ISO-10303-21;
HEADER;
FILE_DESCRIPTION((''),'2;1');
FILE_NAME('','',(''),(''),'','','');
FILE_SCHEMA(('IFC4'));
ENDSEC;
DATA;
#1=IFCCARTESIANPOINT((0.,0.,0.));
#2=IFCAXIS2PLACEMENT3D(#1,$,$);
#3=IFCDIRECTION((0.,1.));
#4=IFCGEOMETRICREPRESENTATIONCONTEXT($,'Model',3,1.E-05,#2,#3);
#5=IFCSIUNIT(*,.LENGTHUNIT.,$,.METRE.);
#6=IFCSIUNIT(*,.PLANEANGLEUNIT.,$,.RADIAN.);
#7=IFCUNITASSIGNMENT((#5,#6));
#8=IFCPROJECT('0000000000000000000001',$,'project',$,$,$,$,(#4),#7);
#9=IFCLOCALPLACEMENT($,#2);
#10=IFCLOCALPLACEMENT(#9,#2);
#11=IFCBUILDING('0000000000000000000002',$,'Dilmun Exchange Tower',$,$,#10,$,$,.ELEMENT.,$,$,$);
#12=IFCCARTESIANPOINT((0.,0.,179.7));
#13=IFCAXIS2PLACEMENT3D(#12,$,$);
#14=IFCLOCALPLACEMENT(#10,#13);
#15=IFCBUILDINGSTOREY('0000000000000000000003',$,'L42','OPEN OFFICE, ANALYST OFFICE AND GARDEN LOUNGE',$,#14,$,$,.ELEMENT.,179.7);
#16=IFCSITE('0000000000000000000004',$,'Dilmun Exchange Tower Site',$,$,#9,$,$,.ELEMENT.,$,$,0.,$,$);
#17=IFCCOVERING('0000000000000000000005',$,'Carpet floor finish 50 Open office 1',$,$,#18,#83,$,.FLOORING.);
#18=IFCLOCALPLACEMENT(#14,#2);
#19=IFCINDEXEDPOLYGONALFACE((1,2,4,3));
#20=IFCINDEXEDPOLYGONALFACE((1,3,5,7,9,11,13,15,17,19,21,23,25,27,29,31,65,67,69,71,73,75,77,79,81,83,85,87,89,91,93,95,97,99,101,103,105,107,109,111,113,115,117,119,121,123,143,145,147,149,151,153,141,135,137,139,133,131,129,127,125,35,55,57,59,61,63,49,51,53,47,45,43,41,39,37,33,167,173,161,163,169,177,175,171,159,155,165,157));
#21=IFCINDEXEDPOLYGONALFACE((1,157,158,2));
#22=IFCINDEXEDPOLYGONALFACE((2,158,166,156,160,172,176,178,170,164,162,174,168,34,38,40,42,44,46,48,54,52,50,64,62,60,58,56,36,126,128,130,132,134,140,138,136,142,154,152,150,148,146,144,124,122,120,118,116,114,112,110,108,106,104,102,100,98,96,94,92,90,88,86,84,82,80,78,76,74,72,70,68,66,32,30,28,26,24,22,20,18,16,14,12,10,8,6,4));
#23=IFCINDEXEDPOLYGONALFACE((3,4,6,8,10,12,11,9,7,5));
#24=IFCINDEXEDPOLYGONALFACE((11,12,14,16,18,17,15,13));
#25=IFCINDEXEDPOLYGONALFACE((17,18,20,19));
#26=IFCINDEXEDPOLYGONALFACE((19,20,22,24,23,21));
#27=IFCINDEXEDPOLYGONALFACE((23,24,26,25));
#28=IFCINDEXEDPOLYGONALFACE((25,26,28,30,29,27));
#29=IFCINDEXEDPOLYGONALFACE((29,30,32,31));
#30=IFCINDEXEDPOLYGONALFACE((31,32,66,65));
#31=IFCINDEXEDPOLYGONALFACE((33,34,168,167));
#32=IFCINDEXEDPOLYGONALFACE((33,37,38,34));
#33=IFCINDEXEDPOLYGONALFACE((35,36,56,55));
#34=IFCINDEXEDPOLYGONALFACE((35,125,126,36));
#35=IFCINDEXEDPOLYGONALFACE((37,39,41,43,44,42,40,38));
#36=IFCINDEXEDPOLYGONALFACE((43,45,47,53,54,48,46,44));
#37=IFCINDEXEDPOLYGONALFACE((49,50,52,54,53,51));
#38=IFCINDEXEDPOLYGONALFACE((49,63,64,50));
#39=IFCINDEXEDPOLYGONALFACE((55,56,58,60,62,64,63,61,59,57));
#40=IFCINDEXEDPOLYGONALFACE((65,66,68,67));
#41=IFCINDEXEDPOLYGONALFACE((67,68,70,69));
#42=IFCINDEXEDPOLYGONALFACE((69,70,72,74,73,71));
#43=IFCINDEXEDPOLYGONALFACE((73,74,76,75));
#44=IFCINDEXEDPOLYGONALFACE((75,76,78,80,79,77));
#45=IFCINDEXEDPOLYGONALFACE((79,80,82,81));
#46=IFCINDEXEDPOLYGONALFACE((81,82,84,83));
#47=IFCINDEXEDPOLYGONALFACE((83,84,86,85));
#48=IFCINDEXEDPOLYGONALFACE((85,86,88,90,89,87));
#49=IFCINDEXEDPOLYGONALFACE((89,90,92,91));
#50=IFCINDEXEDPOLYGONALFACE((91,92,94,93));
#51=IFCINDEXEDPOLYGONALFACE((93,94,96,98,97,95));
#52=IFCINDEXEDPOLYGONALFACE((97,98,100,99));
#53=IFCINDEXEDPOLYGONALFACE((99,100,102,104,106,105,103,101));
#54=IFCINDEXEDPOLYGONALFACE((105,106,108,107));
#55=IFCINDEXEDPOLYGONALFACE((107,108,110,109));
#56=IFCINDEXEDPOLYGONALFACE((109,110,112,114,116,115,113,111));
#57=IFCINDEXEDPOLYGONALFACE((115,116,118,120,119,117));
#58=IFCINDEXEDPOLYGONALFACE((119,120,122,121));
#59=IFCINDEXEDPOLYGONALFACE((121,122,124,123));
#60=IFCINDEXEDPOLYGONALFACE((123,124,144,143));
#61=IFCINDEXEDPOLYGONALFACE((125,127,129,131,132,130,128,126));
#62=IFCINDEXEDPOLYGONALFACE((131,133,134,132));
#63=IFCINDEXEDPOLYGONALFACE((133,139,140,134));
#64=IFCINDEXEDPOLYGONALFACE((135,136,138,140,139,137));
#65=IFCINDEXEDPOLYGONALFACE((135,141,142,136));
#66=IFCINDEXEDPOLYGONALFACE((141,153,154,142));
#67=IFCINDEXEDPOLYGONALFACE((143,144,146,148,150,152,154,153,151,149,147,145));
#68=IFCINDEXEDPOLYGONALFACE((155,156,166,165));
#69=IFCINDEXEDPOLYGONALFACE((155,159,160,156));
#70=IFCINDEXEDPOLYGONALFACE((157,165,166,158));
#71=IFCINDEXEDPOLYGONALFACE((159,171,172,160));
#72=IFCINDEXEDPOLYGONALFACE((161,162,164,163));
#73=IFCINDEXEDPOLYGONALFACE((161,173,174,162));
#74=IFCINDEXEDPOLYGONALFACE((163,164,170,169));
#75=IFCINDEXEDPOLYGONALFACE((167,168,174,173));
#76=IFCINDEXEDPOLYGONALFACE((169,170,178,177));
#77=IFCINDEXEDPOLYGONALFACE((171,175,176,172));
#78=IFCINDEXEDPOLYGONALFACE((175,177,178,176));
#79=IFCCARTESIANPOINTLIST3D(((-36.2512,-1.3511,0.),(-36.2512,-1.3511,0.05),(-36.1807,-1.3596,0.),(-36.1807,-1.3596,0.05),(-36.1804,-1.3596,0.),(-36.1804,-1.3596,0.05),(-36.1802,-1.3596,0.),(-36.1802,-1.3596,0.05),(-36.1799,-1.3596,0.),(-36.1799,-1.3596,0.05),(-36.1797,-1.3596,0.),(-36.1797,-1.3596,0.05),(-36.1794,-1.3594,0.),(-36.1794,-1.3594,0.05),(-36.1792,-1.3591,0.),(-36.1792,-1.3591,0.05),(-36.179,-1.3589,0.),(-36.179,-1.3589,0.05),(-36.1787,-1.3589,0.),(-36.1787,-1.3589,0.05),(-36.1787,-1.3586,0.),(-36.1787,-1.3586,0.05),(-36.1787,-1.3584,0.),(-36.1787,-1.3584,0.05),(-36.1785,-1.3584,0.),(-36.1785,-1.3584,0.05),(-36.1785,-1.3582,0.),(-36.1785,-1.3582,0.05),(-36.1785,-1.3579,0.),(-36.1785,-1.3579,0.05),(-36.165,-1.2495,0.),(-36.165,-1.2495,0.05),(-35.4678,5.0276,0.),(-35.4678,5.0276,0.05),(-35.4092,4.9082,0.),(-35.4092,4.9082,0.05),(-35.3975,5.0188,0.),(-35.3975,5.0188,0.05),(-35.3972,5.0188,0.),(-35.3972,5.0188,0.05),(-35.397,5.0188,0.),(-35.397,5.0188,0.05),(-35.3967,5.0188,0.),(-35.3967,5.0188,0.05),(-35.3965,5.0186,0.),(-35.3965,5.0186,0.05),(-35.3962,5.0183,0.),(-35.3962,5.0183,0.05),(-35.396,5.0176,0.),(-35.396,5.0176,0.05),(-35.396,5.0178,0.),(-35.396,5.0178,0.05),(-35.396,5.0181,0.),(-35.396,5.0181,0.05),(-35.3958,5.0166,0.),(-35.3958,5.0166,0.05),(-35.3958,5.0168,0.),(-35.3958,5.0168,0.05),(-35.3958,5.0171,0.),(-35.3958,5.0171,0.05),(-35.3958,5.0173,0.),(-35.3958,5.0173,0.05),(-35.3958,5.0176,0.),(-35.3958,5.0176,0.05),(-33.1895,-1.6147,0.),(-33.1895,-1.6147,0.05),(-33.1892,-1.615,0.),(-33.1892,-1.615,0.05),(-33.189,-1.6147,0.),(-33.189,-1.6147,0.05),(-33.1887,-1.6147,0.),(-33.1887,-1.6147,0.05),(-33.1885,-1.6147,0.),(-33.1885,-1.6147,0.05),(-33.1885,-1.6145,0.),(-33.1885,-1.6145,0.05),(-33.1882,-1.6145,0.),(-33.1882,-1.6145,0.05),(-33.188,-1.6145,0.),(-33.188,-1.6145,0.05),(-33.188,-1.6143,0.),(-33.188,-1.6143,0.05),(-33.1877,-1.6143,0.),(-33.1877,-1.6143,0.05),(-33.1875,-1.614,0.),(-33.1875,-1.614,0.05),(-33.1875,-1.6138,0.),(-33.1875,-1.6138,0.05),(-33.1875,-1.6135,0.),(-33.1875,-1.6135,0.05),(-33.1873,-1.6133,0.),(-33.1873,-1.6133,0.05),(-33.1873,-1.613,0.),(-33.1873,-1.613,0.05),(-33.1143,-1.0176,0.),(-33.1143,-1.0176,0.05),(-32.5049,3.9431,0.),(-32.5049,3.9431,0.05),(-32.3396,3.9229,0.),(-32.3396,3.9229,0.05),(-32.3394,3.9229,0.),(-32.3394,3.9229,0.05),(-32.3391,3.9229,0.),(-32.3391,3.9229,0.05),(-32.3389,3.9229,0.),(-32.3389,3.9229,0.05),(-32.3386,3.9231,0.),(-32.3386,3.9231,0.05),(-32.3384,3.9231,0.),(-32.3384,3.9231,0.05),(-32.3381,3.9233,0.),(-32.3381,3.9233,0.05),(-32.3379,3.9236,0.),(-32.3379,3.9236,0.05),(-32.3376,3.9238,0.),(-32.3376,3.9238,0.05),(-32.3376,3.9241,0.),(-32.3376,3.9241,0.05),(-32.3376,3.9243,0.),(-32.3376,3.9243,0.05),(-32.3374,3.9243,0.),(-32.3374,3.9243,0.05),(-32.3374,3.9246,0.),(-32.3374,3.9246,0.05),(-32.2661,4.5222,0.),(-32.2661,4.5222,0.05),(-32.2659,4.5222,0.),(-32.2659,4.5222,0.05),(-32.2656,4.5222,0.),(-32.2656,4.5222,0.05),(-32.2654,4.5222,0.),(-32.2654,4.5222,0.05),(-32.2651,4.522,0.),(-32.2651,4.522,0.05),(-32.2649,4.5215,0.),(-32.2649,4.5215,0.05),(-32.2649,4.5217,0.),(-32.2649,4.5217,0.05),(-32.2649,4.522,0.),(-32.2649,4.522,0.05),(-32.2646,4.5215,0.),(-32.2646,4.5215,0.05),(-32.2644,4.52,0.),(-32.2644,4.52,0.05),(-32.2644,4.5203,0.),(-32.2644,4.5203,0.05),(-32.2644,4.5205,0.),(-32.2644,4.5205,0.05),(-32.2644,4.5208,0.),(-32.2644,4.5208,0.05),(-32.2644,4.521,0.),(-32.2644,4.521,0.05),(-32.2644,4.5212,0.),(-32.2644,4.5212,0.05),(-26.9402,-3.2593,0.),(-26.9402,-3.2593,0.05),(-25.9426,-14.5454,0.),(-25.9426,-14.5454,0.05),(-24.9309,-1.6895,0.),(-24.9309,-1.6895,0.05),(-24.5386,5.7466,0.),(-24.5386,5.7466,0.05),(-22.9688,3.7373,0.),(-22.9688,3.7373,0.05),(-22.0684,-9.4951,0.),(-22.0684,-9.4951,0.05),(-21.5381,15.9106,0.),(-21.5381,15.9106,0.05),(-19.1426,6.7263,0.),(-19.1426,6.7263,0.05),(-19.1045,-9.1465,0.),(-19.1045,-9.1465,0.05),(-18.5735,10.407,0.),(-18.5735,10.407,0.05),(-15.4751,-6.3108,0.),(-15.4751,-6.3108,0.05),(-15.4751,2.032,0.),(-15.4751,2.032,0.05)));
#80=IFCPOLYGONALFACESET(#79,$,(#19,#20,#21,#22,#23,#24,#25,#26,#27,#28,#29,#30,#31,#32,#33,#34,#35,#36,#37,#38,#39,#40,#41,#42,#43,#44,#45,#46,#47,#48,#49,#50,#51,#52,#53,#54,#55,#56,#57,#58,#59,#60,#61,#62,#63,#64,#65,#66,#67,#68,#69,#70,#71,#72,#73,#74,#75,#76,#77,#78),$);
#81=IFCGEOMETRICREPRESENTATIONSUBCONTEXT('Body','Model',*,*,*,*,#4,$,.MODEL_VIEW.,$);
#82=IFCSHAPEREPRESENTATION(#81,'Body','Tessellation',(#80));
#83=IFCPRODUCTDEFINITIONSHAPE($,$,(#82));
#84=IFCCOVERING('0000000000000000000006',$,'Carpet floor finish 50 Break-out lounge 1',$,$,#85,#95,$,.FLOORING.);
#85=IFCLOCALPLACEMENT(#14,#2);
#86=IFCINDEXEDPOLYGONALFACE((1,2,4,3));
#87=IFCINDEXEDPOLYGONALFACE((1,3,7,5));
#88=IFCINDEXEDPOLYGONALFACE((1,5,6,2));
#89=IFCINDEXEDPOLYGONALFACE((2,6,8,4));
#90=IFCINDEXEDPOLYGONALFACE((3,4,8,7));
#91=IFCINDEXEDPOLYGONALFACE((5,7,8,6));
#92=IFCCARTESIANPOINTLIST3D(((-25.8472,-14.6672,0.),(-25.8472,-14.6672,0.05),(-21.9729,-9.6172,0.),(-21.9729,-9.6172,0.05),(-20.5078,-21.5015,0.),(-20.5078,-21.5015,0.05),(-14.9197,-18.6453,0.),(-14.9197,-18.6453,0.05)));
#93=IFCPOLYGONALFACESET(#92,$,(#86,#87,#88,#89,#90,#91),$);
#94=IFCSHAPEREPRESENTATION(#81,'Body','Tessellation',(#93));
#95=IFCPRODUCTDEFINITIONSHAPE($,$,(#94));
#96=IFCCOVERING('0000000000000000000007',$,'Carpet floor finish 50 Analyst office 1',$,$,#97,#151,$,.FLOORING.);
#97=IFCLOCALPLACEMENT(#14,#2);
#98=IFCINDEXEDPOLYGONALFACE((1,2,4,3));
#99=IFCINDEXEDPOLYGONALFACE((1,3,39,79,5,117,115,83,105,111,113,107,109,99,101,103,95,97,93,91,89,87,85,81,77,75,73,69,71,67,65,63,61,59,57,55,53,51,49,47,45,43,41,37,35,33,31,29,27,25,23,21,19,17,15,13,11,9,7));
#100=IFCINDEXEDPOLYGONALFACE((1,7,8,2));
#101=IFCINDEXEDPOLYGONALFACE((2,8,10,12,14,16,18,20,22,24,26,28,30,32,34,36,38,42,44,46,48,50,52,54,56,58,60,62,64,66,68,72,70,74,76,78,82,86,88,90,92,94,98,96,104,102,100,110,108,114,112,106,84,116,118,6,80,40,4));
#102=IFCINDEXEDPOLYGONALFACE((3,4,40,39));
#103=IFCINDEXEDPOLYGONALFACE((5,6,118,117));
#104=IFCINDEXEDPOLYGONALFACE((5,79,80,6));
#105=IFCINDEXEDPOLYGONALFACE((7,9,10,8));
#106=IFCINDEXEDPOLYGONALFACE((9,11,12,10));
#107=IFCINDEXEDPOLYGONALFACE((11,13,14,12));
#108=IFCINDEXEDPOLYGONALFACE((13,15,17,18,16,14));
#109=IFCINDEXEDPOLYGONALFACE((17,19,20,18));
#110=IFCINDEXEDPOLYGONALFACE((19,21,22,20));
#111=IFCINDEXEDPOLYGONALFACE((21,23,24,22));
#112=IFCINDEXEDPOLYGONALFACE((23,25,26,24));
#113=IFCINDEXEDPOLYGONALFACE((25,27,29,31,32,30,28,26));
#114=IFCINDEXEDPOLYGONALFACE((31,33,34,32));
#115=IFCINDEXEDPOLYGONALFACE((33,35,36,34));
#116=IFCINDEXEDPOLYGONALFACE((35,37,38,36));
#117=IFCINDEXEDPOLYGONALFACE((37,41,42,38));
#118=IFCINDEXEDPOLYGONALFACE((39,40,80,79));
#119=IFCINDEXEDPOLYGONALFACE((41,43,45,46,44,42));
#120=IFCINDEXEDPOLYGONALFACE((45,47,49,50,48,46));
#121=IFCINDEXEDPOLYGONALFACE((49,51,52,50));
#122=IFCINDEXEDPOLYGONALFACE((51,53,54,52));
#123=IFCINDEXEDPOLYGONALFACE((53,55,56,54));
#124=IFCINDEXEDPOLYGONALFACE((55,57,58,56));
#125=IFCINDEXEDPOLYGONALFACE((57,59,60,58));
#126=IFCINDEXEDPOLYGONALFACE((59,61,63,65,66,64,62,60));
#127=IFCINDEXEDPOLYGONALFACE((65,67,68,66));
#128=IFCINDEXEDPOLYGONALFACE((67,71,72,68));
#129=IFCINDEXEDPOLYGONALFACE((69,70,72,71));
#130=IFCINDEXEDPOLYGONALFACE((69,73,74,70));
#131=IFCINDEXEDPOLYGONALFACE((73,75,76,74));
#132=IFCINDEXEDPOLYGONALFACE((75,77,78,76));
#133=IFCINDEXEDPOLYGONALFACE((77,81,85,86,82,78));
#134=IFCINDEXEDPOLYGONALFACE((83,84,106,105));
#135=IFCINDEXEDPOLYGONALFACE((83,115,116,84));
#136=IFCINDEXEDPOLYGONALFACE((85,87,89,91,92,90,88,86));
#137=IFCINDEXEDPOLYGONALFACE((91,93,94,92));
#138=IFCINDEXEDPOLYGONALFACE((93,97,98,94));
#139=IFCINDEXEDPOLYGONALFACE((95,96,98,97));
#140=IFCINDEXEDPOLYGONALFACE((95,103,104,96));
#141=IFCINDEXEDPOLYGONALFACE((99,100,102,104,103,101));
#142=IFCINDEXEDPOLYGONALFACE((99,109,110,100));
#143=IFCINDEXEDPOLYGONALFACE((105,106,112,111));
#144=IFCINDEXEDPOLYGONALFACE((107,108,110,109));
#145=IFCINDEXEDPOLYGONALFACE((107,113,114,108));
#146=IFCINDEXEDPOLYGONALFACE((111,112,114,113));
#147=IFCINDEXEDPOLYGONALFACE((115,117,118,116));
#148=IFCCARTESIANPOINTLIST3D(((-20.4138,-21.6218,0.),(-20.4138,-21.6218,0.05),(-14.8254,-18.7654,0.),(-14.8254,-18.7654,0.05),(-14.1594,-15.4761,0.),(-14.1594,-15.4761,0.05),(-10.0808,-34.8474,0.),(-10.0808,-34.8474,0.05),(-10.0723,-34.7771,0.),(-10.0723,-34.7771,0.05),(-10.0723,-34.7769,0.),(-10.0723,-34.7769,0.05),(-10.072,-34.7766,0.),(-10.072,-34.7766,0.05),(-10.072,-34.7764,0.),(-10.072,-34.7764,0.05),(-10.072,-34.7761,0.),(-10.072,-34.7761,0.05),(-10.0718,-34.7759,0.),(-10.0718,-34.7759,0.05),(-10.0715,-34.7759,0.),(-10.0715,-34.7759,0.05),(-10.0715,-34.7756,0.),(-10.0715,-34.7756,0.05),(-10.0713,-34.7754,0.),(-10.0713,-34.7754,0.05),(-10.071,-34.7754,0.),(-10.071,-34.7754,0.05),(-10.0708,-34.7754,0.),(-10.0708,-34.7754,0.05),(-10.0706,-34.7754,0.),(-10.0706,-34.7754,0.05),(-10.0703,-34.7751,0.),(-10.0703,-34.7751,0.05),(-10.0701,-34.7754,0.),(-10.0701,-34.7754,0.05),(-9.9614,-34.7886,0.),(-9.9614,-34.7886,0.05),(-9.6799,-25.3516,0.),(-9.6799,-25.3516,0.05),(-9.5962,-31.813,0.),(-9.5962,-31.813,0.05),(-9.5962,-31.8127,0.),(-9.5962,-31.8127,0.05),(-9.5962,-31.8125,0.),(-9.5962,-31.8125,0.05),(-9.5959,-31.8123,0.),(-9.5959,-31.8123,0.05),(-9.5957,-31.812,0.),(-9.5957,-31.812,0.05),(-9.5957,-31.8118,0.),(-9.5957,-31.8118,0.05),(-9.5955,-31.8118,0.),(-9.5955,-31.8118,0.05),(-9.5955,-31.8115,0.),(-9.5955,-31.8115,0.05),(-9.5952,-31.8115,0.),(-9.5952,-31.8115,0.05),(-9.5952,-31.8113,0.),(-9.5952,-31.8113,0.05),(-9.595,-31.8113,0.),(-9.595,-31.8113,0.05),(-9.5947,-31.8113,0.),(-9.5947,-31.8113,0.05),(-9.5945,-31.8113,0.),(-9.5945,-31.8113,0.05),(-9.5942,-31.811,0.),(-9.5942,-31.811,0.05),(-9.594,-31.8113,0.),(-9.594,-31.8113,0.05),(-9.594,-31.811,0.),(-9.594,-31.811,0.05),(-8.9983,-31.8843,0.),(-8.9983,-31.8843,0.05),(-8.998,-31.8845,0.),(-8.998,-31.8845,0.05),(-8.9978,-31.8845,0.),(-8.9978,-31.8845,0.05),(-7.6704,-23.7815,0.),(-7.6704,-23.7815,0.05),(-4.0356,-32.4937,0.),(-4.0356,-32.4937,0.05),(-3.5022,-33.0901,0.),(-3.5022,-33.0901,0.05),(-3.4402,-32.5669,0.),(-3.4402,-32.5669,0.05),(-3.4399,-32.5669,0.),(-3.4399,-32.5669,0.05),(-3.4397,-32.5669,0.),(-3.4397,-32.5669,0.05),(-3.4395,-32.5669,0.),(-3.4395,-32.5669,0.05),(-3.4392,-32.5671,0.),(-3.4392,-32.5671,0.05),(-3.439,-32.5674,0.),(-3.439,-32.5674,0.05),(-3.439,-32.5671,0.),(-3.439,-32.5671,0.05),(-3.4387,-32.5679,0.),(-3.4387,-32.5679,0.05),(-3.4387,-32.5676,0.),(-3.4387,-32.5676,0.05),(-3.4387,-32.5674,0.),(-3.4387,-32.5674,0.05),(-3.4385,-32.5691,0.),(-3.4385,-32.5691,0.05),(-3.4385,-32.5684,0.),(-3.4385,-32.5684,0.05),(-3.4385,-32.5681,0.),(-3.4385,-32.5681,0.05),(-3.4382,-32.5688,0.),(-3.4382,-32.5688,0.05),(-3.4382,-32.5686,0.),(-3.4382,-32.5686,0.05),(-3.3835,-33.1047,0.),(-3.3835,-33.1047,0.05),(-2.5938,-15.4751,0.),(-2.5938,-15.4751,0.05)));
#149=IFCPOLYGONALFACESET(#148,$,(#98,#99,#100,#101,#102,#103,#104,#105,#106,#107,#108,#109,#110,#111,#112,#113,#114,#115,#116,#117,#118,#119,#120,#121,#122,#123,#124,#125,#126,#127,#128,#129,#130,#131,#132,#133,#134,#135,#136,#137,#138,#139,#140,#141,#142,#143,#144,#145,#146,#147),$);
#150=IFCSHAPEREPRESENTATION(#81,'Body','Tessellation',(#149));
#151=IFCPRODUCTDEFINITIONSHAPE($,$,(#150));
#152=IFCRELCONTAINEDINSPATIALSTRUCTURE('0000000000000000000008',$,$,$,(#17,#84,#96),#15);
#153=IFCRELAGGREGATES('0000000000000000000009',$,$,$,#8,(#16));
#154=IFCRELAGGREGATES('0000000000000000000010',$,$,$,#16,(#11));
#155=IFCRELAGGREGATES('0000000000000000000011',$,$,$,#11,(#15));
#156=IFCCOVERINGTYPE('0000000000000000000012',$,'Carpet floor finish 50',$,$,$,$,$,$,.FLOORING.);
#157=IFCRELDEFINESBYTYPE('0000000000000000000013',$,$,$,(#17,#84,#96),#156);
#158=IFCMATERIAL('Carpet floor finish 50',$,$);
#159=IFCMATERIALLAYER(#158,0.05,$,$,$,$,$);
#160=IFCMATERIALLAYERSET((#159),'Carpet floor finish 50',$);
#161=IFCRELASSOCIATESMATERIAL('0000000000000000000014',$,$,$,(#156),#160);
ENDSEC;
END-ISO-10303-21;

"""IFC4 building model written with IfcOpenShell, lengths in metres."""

from ifc_helpers import new_model, si_unit, direction, frame, origin, place, context, subcontext, project, spatial, polyline, outline, extrude, material, layer, layer_set, type_object, element, save


model = new_model("IFC4")

# Units and contexts
model_context = context("Model", 3, precision=1e-05, world=origin(), true_north=direction((0.0, 1.0)))
body_context = subcontext(model_context, "Body", "Model", "MODEL_VIEW")
ifc_project = project(units=[si_unit("LENGTHUNIT", "METRE"), si_unit("PLANEANGLEUNIT", "RADIAN")], contexts=[model_context])

# Site, building, storey
site_placement = place(None, origin())
site = spatial("IfcSite", under=ifc_project, at=site_placement, Name="Dilmun Exchange Tower Site", CompositionType="ELEMENT", RefElevation=0.0)
building_placement = place(site_placement, origin())
building = spatial("IfcBuilding", under=site, at=building_placement, Name="Dilmun Exchange Tower", CompositionType="ELEMENT")
storey_placement = place(building_placement, frame((0.0, 0.0, 179.7)))
storey = spatial("IfcBuildingStorey", under=building, at=storey_placement, Name="L42", Description="OPEN OFFICE, ANALYST OFFICE AND GARDEN LOUNGE", CompositionType="ELEMENT", Elevation=179.7)

# Coverings
ifc_material_1 = material(Name="Carpet floor finish 50")
ifc_layer_1 = layer(ifc_material_1, 0.05)
ifc_layer_set_1 = layer_set([ifc_layer_1], Name="Carpet floor finish 50")
covering_type_1 = type_object("IfcCoveringType", Name="Carpet floor finish 50", PredefinedType="FLOORING", material=ifc_layer_set_1)
covering_1_placement = place(storey_placement, origin())
element("IfcCovering", 1, at=covering_1_placement, inside=storey, type_object=covering_type_1, Name="Carpet floor finish 50 Open office 1", PredefinedType="FLOORING", context=body_context, shape_type="SweptSolid", body=[
    extrude(outline(polyline([(-18.5735, 10.407), (-24.5386, 5.7466), (-22.9688, 3.7373), (-19.1426, 6.7263), (-15.4751, 2.032), (-15.4751, -6.3108), (-19.1045, -9.1465), (-24.9309, -1.6895), (-26.9402, -3.2593), (-22.0684, -9.4951), (-25.9426, -14.5454), (-36.2512, -1.3511), (-36.1807, -1.3596), (-36.1804, -1.3596), (-36.1804, -1.3596), (-36.1802, -1.3596), (-36.1799, -1.3596), (-36.1797, -1.3596), (-36.1794, -1.3594), (-36.1794, -1.3594), (-36.1792, -1.3591), (-36.1792, -1.3591), (-36.179, -1.3589), (-36.1787, -1.3589), (-36.1787, -1.3586), (-36.1787, -1.3584), (-36.1785, -1.3584), (-36.1785, -1.3582), (-36.1785, -1.3579), (-36.165, -1.2495), (-33.1895, -1.6147), (-33.1892, -1.615), (-33.1892, -1.615), (-33.189, -1.6147), (-33.1887, -1.6147), (-33.1885, -1.6147), (-33.1885, -1.6145), (-33.1882, -1.6145), (-33.188, -1.6145), (-33.188, -1.6143), (-33.1877, -1.6143), (-33.1875, -1.614), (-33.1875, -1.6138), (-33.1875, -1.6138), (-33.1875, -1.6135), (-33.1873, -1.6133), (-33.1873, -1.613), (-33.1143, -1.0176), (-32.5049, 3.9431), (-32.3396, 3.9229), (-32.3396, 3.9229), (-32.3394, 3.9229), (-32.3391, 3.9229), (-32.3389, 3.9229), (-32.3386, 3.9231), (-32.3386, 3.9231), (-32.3384, 3.9231), (-32.3381, 3.9233), (-32.3381, 3.9233), (-32.3379, 3.9236), (-32.3379, 3.9236), (-32.3376, 3.9238), (-32.3376, 3.9241), (-32.3376, 3.9243), (-32.3374, 3.9243), (-32.3374, 3.9246), (-32.2644, 4.52), (-32.2644, 4.5203), (-32.2644, 4.5205), (-32.2644, 4.5208), (-32.2644, 4.521), (-32.2644, 4.521), (-32.2644, 4.5212), (-32.2646, 4.5215), (-32.2649, 4.5215), (-32.2649, 4.5217), (-32.2649, 4.522), (-32.2651, 4.522), (-32.2654, 4.5222), (-32.2654, 4.5222), (-32.2656, 4.5222), (-32.2659, 4.5222), (-32.2661, 4.5222), (-35.4092, 4.9082), (-35.3958, 5.0166), (-35.3958, 5.0168), (-35.3958, 5.0171), (-35.3958, 5.0173), (-35.3958, 5.0176), (-35.396, 5.0176), (-35.396, 5.0178), (-35.396, 5.0181), (-35.3962, 5.0183), (-35.3962, 5.0183), (-35.3965, 5.0186), (-35.3965, 5.0186), (-35.3967, 5.0188), (-35.397, 5.0188), (-35.3972, 5.0188), (-35.3972, 5.0188), (-35.3975, 5.0188), (-35.4678, 5.0276), (-21.5381, 15.9106), (-18.5735, 10.407)])), origin(), (0.0, 0.0, 1.0), 0.05),
])
covering_2_placement = place(storey_placement, origin())
element("IfcCovering", 2, at=covering_2_placement, inside=storey, type_object=covering_type_1, Name="Carpet floor finish 50 Break-out lounge 1", PredefinedType="FLOORING", context=body_context, shape_type="SweptSolid", body=[
    extrude(outline(polyline([(-14.9197, -18.6453), (-20.5078, -21.5015), (-25.8472, -14.6672), (-21.9729, -9.6172), (-14.9197, -18.6453)])), origin(), (0.0, 0.0, 1.0), 0.05),
])
covering_3_placement = place(storey_placement, origin())
element("IfcCovering", 3, at=covering_3_placement, inside=storey, type_object=covering_type_1, Name="Carpet floor finish 50 Analyst office 1", PredefinedType="FLOORING", context=body_context, shape_type="SweptSolid", body=[
    extrude(outline(polyline([(-14.8254, -18.7654), (-9.6799, -25.3516), (-7.6704, -23.7815), (-14.1594, -15.4761), (-2.5938, -15.4751), (-3.3835, -33.1047), (-3.5022, -33.0901), (-3.4385, -32.5691), (-3.4382, -32.5688), (-3.4382, -32.5686), (-3.4385, -32.5684), (-3.4385, -32.5681), (-3.4385, -32.5681), (-3.4387, -32.5679), (-3.4387, -32.5676), (-3.4387, -32.5674), (-3.439, -32.5674), (-3.439, -32.5671), (-3.4392, -32.5671), (-3.4395, -32.5669), (-3.4395, -32.5669), (-3.4397, -32.5669), (-3.4399, -32.5669), (-3.4402, -32.5669), (-4.0356, -32.4937), (-4.0356, -32.4937), (-8.9978, -31.8845), (-8.998, -31.8845), (-8.9983, -31.8843), (-8.9983, -31.8843), (-9.594, -31.8113), (-9.594, -31.811), (-9.5942, -31.811), (-9.5945, -31.8113), (-9.5947, -31.8113), (-9.595, -31.8113), (-9.5952, -31.8113), (-9.5952, -31.8115), (-9.5955, -31.8115), (-9.5955, -31.8118), (-9.5957, -31.8118), (-9.5957, -31.812), (-9.5959, -31.8123), (-9.5959, -31.8123), (-9.5962, -31.8125), (-9.5962, -31.8127), (-9.5962, -31.813), (-9.9614, -34.7886), (-10.0701, -34.7754), (-10.0703, -34.7751), (-10.0703, -34.7751), (-10.0706, -34.7754), (-10.0708, -34.7754), (-10.071, -34.7754), (-10.071, -34.7754), (-10.0713, -34.7754), (-10.0715, -34.7756), (-10.0715, -34.7759), (-10.0718, -34.7759), (-10.072, -34.7761), (-10.072, -34.7764), (-10.072, -34.7764), (-10.072, -34.7766), (-10.0723, -34.7769), (-10.0723, -34.7771), (-10.0808, -34.8474), (-20.4138, -21.6218), (-14.8254, -18.7654)])), origin(), (0.0, 0.0, 1.0), 0.05),
])

save(model, "model.ifc")
